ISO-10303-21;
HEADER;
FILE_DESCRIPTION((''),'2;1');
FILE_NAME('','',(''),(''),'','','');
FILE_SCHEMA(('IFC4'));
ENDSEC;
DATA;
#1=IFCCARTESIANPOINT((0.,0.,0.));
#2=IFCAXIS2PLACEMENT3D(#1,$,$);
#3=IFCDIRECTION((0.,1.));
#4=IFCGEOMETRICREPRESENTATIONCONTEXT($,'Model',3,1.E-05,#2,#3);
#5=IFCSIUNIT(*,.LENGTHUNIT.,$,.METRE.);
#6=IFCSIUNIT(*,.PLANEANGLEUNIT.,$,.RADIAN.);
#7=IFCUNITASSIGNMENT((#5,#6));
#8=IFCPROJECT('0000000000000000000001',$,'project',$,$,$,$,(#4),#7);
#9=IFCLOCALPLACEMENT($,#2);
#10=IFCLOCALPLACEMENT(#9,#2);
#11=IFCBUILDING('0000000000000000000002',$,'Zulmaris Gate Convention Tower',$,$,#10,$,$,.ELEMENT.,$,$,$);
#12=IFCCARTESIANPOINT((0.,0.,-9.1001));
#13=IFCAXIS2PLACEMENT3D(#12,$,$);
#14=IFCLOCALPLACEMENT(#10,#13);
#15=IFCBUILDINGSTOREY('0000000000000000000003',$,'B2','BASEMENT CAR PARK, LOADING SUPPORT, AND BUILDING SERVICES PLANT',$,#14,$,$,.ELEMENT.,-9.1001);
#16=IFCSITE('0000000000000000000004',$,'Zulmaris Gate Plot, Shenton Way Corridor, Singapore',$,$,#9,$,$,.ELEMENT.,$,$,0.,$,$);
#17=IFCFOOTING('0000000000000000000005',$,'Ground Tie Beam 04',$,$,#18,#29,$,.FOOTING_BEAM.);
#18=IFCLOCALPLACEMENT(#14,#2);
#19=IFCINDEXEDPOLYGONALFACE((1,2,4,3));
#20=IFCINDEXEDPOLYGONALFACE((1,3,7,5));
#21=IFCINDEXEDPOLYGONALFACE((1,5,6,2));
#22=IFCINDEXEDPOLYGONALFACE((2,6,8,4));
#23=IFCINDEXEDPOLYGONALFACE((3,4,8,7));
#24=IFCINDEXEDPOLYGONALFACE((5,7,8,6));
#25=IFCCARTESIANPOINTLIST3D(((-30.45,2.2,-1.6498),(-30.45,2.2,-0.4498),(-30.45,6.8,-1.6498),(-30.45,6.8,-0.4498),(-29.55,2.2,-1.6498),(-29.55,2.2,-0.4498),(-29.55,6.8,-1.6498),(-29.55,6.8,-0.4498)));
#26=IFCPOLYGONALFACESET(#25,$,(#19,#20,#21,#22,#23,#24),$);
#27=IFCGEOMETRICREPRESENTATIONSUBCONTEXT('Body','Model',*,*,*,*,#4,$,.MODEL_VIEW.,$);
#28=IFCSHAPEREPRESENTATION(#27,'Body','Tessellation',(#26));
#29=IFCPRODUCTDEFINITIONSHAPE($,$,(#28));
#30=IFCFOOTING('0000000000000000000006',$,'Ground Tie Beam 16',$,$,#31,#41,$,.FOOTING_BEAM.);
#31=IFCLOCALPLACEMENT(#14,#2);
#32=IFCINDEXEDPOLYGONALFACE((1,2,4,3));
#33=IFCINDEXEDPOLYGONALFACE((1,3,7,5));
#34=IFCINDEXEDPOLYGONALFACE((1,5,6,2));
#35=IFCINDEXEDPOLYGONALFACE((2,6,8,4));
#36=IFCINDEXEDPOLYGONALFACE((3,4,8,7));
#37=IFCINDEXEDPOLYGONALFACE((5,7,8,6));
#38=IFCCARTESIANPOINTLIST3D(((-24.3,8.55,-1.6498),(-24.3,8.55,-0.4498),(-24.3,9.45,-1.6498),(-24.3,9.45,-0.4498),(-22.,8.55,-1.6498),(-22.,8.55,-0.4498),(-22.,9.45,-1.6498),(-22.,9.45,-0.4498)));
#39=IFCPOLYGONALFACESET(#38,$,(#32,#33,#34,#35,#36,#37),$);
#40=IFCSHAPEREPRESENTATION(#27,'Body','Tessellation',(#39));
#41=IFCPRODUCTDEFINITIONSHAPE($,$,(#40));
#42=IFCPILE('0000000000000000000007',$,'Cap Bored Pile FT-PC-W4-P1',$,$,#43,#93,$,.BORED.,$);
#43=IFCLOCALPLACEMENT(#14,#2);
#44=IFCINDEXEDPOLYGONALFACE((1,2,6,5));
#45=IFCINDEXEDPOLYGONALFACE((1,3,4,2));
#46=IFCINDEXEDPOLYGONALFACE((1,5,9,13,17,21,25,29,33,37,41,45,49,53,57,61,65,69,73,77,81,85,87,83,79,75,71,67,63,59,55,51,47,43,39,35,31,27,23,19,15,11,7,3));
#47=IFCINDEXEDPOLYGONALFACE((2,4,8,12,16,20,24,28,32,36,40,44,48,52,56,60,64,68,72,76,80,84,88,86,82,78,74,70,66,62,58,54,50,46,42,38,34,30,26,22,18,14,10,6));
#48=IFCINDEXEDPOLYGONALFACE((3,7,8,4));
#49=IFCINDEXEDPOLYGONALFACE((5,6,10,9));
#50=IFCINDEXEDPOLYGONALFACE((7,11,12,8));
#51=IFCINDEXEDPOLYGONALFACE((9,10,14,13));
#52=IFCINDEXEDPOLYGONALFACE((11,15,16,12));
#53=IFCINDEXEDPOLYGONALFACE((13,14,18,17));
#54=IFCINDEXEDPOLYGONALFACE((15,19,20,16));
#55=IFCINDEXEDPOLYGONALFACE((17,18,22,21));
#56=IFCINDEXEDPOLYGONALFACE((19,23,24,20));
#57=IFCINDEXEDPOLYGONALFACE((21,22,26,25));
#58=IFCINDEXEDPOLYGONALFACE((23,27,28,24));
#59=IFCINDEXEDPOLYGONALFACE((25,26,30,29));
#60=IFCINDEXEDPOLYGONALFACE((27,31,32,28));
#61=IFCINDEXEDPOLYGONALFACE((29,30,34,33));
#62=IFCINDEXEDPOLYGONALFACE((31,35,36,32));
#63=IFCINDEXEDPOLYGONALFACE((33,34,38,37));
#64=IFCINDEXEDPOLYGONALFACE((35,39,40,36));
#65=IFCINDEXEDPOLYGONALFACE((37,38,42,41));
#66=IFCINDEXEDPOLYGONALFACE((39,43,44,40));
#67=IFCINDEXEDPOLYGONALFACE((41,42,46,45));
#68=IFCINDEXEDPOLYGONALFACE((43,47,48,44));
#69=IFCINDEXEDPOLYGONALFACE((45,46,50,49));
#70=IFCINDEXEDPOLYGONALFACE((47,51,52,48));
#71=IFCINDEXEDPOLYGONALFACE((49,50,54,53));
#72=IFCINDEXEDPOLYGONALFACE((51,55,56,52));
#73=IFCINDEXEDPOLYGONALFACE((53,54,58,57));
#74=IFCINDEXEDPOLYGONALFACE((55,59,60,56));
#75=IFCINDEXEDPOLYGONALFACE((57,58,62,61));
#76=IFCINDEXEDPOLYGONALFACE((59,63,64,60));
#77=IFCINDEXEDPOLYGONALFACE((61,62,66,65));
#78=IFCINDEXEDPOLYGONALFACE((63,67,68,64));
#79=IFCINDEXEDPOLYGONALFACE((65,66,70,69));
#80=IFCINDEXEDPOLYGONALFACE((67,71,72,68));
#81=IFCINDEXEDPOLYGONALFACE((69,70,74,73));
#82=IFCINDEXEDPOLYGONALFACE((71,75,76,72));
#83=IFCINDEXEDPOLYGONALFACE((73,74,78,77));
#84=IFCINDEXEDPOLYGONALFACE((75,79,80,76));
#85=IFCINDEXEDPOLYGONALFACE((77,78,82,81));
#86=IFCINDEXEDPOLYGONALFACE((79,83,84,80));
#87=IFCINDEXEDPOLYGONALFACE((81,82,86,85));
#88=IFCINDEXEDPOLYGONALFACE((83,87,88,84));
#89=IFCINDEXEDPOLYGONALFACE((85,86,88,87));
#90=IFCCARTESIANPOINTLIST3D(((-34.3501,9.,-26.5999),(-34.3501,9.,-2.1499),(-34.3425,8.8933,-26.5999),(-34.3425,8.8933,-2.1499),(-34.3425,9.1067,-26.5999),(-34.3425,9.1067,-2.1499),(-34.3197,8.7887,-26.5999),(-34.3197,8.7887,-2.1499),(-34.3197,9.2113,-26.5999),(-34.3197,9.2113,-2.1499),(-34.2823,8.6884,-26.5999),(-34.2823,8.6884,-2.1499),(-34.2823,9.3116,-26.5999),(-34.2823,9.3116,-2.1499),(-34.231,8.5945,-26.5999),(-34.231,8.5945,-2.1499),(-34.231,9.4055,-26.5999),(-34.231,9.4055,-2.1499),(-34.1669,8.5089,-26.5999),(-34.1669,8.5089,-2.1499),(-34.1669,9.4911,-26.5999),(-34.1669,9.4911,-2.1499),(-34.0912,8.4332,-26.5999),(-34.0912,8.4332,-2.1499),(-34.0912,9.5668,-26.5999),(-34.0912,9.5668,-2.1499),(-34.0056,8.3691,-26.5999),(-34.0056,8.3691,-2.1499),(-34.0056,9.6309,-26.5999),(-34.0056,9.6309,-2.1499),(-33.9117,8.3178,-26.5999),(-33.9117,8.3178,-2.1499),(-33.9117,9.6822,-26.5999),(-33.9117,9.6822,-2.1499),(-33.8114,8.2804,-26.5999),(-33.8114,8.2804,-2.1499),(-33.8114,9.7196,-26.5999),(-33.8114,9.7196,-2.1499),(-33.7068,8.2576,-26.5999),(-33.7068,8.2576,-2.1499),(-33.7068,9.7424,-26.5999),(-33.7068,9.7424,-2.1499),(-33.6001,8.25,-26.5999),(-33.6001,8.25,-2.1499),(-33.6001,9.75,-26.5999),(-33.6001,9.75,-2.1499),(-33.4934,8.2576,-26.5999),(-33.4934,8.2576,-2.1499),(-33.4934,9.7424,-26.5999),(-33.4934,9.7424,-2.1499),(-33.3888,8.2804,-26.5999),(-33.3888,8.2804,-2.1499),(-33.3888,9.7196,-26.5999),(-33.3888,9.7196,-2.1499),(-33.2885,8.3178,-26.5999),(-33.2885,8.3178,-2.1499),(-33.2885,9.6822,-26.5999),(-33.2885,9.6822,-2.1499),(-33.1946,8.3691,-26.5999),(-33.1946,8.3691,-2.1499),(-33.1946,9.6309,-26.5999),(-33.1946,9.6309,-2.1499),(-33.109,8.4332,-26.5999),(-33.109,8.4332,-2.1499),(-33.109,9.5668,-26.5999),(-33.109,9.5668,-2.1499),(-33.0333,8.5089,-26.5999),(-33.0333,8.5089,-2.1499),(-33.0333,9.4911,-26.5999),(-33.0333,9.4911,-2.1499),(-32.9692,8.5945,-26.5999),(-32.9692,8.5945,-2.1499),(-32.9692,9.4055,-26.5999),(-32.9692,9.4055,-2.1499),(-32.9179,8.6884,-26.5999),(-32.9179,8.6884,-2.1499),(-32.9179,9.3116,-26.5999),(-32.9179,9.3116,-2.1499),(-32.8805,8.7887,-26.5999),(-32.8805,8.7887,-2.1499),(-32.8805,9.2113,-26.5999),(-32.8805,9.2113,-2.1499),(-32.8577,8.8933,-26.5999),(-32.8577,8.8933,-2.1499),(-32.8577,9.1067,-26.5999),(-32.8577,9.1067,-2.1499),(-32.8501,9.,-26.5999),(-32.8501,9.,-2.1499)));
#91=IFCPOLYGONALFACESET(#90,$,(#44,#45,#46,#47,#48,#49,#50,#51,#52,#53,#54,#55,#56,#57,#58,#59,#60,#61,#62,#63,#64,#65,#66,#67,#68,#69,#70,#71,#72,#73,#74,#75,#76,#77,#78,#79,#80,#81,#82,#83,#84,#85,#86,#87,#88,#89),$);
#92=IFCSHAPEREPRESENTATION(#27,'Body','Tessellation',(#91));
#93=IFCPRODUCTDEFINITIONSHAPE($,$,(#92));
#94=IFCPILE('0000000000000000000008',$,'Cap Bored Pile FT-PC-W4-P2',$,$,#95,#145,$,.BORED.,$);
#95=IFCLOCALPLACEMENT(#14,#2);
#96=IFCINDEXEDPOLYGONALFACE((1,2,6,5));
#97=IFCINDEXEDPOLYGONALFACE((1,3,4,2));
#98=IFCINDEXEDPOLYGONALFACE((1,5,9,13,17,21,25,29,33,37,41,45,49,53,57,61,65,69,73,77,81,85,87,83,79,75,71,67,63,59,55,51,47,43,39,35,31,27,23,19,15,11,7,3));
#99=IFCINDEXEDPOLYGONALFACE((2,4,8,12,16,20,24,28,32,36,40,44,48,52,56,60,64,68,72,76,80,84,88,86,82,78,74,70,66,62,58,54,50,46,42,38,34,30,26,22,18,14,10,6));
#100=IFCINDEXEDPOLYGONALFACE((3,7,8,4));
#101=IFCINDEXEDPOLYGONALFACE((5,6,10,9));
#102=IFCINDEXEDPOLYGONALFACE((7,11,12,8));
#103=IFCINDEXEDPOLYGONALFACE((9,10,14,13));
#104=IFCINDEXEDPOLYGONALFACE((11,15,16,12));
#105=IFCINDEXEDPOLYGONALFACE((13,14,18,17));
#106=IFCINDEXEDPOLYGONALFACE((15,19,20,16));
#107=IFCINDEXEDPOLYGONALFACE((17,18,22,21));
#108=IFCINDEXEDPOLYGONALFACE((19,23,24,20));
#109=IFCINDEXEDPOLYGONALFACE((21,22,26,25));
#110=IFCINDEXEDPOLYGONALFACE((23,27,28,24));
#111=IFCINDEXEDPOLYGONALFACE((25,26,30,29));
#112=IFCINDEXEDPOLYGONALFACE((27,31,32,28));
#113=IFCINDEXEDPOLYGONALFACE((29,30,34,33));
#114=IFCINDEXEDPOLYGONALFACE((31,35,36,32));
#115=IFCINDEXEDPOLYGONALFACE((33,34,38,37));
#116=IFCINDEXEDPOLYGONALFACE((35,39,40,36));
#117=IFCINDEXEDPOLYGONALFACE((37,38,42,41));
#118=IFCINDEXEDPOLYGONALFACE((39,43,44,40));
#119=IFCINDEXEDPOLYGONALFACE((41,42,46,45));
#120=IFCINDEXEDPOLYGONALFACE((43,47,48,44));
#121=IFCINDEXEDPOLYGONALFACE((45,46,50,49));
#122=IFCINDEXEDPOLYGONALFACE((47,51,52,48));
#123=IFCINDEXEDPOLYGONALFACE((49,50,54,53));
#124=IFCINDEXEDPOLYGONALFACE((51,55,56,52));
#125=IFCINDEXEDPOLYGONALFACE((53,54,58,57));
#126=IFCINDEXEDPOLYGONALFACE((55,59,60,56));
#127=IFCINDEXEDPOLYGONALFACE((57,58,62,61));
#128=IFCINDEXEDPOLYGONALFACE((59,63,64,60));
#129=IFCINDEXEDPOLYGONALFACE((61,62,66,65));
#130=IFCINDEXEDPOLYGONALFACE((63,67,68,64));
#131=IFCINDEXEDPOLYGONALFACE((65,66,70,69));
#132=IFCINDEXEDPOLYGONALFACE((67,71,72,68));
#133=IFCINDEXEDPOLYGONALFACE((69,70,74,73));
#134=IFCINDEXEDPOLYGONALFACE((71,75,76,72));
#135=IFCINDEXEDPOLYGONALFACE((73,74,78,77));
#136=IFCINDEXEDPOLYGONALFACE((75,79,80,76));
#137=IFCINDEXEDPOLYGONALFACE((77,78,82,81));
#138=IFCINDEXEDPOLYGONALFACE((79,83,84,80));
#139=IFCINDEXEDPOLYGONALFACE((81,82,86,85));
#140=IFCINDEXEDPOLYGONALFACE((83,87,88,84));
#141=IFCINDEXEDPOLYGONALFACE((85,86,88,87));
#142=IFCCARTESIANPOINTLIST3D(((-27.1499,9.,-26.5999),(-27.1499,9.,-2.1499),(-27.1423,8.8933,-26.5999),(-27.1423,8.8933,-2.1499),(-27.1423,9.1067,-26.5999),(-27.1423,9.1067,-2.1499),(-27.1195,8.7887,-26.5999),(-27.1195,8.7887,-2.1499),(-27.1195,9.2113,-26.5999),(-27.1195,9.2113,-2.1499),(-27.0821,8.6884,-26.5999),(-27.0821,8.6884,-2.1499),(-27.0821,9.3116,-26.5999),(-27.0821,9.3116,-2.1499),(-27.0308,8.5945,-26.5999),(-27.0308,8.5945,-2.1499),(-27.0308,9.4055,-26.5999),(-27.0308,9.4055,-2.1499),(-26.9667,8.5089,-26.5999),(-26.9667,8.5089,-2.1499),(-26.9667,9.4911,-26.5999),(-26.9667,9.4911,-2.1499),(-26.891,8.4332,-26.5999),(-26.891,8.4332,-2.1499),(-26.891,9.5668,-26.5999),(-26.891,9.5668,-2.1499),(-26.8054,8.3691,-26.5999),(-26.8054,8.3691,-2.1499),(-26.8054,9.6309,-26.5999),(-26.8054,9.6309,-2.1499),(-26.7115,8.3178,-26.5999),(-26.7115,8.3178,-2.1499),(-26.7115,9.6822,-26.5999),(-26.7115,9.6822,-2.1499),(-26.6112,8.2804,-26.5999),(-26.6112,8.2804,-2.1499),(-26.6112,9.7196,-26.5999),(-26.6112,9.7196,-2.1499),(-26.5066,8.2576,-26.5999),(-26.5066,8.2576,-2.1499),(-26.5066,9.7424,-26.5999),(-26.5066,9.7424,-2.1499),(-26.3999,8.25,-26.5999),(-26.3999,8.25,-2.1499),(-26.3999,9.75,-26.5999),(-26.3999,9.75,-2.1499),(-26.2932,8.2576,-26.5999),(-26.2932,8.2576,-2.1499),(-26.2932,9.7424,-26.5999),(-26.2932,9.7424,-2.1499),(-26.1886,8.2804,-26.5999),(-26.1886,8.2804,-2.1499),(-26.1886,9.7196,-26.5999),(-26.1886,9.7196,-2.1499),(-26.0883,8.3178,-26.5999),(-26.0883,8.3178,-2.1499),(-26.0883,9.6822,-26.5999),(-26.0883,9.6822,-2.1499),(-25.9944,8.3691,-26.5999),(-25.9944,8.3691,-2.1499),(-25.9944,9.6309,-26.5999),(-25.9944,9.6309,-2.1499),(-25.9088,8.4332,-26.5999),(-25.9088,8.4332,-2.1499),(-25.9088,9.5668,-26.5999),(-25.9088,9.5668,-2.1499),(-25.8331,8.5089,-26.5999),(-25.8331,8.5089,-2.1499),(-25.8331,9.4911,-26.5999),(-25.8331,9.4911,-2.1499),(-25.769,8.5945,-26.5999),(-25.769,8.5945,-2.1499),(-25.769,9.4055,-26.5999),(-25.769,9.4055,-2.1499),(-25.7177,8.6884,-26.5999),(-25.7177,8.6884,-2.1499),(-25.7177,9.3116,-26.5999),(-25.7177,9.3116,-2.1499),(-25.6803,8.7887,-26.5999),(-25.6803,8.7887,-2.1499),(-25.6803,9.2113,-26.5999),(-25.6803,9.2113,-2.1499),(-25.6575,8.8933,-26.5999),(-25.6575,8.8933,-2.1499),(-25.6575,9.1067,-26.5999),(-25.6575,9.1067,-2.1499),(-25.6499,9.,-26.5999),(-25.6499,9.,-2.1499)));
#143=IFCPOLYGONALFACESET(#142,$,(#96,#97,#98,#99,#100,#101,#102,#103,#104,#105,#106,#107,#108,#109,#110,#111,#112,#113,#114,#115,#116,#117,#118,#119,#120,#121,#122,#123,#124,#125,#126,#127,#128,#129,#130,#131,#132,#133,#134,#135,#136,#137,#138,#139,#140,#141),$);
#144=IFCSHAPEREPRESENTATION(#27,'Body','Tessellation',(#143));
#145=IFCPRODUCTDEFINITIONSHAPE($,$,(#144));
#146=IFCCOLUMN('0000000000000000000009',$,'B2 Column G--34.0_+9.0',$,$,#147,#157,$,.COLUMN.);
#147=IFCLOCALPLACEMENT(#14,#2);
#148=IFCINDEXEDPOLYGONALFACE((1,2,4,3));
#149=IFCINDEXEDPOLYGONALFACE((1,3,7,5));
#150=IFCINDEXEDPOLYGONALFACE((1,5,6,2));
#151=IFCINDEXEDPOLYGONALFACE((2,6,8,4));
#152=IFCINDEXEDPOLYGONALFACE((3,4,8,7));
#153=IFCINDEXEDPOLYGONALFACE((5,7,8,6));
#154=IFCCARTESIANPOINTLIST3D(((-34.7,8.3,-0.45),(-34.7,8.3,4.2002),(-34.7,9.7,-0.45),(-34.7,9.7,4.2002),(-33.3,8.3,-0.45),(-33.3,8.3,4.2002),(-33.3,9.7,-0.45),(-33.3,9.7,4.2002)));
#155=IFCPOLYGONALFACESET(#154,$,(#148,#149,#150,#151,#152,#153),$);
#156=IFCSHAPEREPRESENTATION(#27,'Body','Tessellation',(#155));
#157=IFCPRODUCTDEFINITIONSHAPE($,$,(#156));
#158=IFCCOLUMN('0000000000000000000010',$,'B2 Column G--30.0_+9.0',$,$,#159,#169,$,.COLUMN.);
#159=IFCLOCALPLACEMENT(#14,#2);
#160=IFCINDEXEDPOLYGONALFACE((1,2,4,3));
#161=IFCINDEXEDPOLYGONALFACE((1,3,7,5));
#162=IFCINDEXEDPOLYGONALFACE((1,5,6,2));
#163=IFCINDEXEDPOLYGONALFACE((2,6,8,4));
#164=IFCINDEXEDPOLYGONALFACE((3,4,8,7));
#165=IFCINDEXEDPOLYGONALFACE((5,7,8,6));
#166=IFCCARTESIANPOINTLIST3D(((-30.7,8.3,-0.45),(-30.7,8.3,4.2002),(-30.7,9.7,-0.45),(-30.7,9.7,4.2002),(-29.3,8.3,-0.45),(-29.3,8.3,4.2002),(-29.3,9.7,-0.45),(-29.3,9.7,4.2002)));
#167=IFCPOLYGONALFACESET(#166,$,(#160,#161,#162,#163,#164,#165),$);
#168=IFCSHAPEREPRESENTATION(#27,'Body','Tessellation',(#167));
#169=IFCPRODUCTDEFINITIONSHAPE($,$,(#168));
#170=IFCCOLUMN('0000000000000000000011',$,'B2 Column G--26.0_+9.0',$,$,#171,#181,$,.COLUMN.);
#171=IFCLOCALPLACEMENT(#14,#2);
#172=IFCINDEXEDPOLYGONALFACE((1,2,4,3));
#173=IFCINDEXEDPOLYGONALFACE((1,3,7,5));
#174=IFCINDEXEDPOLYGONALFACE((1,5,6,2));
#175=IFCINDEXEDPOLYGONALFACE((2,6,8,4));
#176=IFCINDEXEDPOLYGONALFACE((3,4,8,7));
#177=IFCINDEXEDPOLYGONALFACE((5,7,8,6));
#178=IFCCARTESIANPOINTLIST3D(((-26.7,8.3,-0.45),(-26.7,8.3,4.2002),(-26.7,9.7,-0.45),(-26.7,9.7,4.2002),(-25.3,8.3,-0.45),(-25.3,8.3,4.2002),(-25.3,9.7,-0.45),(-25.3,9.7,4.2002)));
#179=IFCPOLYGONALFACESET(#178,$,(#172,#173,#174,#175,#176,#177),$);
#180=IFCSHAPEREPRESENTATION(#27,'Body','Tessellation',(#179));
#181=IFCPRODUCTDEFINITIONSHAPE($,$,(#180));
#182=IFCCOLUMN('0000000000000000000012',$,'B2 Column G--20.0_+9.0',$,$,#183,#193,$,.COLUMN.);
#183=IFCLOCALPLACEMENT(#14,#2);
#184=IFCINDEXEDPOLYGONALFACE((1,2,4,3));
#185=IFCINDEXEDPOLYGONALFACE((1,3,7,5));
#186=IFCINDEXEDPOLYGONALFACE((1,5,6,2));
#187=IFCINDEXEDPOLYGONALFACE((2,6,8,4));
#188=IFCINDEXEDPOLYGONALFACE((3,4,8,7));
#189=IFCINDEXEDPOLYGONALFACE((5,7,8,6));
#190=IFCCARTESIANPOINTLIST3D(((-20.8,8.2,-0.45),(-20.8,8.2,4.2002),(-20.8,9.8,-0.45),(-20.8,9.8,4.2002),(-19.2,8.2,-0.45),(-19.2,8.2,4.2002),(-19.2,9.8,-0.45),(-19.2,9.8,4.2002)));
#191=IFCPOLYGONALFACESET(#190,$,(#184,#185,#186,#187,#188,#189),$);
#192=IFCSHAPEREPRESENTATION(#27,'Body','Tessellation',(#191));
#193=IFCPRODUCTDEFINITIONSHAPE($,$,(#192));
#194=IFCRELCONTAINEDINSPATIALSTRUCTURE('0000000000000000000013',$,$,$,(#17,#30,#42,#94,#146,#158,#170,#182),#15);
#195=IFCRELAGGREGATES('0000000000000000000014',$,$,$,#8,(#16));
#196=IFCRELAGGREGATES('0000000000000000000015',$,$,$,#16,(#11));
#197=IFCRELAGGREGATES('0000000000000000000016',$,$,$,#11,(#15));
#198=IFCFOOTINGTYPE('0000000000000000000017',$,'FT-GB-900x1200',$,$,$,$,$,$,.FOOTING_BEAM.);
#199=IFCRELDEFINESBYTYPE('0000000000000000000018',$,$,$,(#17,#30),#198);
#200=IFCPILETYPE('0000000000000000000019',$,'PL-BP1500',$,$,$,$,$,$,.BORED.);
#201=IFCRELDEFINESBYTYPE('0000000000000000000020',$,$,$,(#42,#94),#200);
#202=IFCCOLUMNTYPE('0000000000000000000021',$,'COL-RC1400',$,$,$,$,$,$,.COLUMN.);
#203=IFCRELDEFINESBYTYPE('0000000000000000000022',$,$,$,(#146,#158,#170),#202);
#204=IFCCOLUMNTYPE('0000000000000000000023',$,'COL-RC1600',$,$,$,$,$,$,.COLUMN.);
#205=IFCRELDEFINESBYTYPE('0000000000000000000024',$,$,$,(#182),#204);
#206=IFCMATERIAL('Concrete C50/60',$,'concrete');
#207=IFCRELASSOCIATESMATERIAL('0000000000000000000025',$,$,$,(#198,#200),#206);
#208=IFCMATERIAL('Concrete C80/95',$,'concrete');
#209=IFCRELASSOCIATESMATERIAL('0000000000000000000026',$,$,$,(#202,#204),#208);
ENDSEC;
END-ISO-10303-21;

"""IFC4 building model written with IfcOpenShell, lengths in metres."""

from ifc_helpers import new_model, si_unit, direction, frame, origin, origin_2d, place, context, subcontext, project, spatial, rectangle, circle, extrude, material, material_profile, profile_set, type_object, element, save


model = new_model("IFC4")

# Units and contexts
model_context = context("Model", 3, precision=1e-05, world=origin(), true_north=direction((0.0, 1.0)))
body_context = subcontext(model_context, "Body", "Model", "MODEL_VIEW")
ifc_project = project(units=[si_unit("LENGTHUNIT", "METRE"), si_unit("PLANEANGLEUNIT", "RADIAN")], contexts=[model_context])

# Site, building, storey
site_placement = place(None, origin())
site = spatial("IfcSite", under=ifc_project, at=site_placement, Name="Zulmaris Gate Plot, Shenton Way Corridor, Singapore", CompositionType="ELEMENT", RefElevation=0.0)
building_placement = place(site_placement, origin())
building = spatial("IfcBuilding", under=site, at=building_placement, Name="Zulmaris Gate Convention Tower", CompositionType="ELEMENT")
storey_placement = place(building_placement, frame((0.0, 0.0, -9.1001)))
storey = spatial("IfcBuildingStorey", under=building, at=storey_placement, Name="B2", Description="BASEMENT CAR PARK, LOADING SUPPORT, AND BUILDING SERVICES PLANT", CompositionType="ELEMENT", Elevation=-9.1001)

# Footings
ifc_material_1 = material(Name="Concrete C50/60", Category="concrete")
ifc_material_profile_1 = material_profile(ifc_material_1, rectangle(XDim=0.8999, YDim=1.2, at=origin_2d()), Name="RC TIE 900x1200")
ifc_profile_set_1 = profile_set([ifc_material_profile_1], Name="Concrete C50/60")
footing_type = type_object("IfcFootingType", Name="FT-GB-900x1200", PredefinedType="FOOTING_BEAM", material=ifc_profile_set_1)
footing_1_placement = place(storey_placement, frame((-30.0, 2.2, -1.0498), z_axis=(0.0, 1.0, 0.0), x_axis=(-1.0, 0.0, 0.0)))
element("IfcFooting", 1, at=footing_1_placement, inside=storey, type_object=footing_type, Name="Ground Tie Beam 04", PredefinedType="FOOTING_BEAM", context=body_context, shape_type="SweptSolid", body=[
    extrude(rectangle(XDim=0.8999, YDim=1.2, at=origin_2d()), origin(), (0.0, 0.0, 1.0), 4.6001),
])
footing_2_placement = place(storey_placement, frame((-24.3, 9.0, -1.0498), z_axis=(1.0, 0.0, 0.0), x_axis=(0.0, 1.0, 0.0)))
element("IfcFooting", 2, at=footing_2_placement, inside=storey, type_object=footing_type, Name="Ground Tie Beam 16", PredefinedType="FOOTING_BEAM", context=body_context, shape_type="SweptSolid", body=[
    extrude(rectangle(XDim=0.8999, YDim=1.2, at=origin_2d()), origin(), (0.0, 0.0, 1.0), 2.3),
])

# Piles
ifc_material_profile_2 = material_profile(ifc_material_1, circle(Radius=0.75, at=origin_2d()), Name="BORED PILE 1500")
ifc_profile_set_2 = profile_set([ifc_material_profile_2], Name="Concrete C50/60")
pile_type = type_object("IfcPileType", Name="PL-BP1500", PredefinedType="BORED", material=ifc_profile_set_2)
for number, where, z_axis, x_axis, name in (
    (3, (-33.6001, 9.0, -2.1499), (0.0, 0.0, -1.0), (1.0, 0.0, 0.0), "Cap Bored Pile FT-PC-W4-P1"),
    (4, (-26.3999, 9.0, -2.1499), (0.0, 0.0, -1.0), (1.0, 0.0, 0.0), "Cap Bored Pile FT-PC-W4-P2"),
):
    element("IfcPile", number, at=place(storey_placement, frame(where, z_axis=z_axis, x_axis=x_axis)), inside=storey, type_object=pile_type, Name=name, PredefinedType="BORED", context=body_context, shape_type="SweptSolid", body=[
        extrude(circle(Radius=0.75, at=origin_2d()), origin(), (0.0, 0.0, 1.0), 24.45),
    ])

# Columns
ifc_material_2 = material(Name="Concrete C80/95", Category="concrete")
ifc_material_profile_3 = material_profile(ifc_material_2, rectangle(XDim=1.3999, YDim=1.3999, at=origin_2d()), Name="RC COL 1400x1400")
ifc_profile_set_3 = profile_set([ifc_material_profile_3], Name="Concrete C80/95")
column_type_1 = type_object("IfcColumnType", Name="COL-RC1400", PredefinedType="COLUMN", material=ifc_profile_set_3)
for number, where, z_axis, x_axis, name in (
    (5, (-34.0, 9.0, -0.45), (0.0, 0.0, 1.0), (1.0, 0.0, 0.0), "B2 Column G--34.0_+9.0"),
    (6, (-30.0, 9.0, -0.45), (0.0, 0.0, 1.0), (1.0, 0.0, 0.0), "B2 Column G--30.0_+9.0"),
    (7, (-26.0, 9.0, -0.45), (0.0, 0.0, 1.0), (1.0, 0.0, 0.0), "B2 Column G--26.0_+9.0"),
):
    element("IfcColumn", number, at=place(storey_placement, frame(where, z_axis=z_axis, x_axis=x_axis)), inside=storey, type_object=column_type_1, Name=name, PredefinedType="COLUMN", context=body_context, shape_type="SweptSolid", body=[
        extrude(rectangle(XDim=1.3999, YDim=1.3999, at=origin_2d()), origin(), (0.0, 0.0, 1.0), 4.6501),
    ])
ifc_material_profile_4 = material_profile(ifc_material_2, rectangle(XDim=1.6001, YDim=1.6001, at=origin_2d()), Name="RC COL 1600x1600")
ifc_profile_set_4 = profile_set([ifc_material_profile_4], Name="Concrete C80/95")
column_type_2 = type_object("IfcColumnType", Name="COL-RC1600", PredefinedType="COLUMN", material=ifc_profile_set_4)
column_placement = place(storey_placement, frame((-20.0, 9.0, -0.45), z_axis=(0.0, 0.0, 1.0), x_axis=(1.0, 0.0, 0.0)))
element("IfcColumn", 8, at=column_placement, inside=storey, type_object=column_type_2, Name="B2 Column G--20.0_+9.0", PredefinedType="COLUMN", context=body_context, shape_type="SweptSolid", body=[
    extrude(rectangle(XDim=1.6001, YDim=1.6001, at=origin_2d()), origin(), (0.0, 0.0, 1.0), 4.6501),
])

save(model, "model.ifc")
